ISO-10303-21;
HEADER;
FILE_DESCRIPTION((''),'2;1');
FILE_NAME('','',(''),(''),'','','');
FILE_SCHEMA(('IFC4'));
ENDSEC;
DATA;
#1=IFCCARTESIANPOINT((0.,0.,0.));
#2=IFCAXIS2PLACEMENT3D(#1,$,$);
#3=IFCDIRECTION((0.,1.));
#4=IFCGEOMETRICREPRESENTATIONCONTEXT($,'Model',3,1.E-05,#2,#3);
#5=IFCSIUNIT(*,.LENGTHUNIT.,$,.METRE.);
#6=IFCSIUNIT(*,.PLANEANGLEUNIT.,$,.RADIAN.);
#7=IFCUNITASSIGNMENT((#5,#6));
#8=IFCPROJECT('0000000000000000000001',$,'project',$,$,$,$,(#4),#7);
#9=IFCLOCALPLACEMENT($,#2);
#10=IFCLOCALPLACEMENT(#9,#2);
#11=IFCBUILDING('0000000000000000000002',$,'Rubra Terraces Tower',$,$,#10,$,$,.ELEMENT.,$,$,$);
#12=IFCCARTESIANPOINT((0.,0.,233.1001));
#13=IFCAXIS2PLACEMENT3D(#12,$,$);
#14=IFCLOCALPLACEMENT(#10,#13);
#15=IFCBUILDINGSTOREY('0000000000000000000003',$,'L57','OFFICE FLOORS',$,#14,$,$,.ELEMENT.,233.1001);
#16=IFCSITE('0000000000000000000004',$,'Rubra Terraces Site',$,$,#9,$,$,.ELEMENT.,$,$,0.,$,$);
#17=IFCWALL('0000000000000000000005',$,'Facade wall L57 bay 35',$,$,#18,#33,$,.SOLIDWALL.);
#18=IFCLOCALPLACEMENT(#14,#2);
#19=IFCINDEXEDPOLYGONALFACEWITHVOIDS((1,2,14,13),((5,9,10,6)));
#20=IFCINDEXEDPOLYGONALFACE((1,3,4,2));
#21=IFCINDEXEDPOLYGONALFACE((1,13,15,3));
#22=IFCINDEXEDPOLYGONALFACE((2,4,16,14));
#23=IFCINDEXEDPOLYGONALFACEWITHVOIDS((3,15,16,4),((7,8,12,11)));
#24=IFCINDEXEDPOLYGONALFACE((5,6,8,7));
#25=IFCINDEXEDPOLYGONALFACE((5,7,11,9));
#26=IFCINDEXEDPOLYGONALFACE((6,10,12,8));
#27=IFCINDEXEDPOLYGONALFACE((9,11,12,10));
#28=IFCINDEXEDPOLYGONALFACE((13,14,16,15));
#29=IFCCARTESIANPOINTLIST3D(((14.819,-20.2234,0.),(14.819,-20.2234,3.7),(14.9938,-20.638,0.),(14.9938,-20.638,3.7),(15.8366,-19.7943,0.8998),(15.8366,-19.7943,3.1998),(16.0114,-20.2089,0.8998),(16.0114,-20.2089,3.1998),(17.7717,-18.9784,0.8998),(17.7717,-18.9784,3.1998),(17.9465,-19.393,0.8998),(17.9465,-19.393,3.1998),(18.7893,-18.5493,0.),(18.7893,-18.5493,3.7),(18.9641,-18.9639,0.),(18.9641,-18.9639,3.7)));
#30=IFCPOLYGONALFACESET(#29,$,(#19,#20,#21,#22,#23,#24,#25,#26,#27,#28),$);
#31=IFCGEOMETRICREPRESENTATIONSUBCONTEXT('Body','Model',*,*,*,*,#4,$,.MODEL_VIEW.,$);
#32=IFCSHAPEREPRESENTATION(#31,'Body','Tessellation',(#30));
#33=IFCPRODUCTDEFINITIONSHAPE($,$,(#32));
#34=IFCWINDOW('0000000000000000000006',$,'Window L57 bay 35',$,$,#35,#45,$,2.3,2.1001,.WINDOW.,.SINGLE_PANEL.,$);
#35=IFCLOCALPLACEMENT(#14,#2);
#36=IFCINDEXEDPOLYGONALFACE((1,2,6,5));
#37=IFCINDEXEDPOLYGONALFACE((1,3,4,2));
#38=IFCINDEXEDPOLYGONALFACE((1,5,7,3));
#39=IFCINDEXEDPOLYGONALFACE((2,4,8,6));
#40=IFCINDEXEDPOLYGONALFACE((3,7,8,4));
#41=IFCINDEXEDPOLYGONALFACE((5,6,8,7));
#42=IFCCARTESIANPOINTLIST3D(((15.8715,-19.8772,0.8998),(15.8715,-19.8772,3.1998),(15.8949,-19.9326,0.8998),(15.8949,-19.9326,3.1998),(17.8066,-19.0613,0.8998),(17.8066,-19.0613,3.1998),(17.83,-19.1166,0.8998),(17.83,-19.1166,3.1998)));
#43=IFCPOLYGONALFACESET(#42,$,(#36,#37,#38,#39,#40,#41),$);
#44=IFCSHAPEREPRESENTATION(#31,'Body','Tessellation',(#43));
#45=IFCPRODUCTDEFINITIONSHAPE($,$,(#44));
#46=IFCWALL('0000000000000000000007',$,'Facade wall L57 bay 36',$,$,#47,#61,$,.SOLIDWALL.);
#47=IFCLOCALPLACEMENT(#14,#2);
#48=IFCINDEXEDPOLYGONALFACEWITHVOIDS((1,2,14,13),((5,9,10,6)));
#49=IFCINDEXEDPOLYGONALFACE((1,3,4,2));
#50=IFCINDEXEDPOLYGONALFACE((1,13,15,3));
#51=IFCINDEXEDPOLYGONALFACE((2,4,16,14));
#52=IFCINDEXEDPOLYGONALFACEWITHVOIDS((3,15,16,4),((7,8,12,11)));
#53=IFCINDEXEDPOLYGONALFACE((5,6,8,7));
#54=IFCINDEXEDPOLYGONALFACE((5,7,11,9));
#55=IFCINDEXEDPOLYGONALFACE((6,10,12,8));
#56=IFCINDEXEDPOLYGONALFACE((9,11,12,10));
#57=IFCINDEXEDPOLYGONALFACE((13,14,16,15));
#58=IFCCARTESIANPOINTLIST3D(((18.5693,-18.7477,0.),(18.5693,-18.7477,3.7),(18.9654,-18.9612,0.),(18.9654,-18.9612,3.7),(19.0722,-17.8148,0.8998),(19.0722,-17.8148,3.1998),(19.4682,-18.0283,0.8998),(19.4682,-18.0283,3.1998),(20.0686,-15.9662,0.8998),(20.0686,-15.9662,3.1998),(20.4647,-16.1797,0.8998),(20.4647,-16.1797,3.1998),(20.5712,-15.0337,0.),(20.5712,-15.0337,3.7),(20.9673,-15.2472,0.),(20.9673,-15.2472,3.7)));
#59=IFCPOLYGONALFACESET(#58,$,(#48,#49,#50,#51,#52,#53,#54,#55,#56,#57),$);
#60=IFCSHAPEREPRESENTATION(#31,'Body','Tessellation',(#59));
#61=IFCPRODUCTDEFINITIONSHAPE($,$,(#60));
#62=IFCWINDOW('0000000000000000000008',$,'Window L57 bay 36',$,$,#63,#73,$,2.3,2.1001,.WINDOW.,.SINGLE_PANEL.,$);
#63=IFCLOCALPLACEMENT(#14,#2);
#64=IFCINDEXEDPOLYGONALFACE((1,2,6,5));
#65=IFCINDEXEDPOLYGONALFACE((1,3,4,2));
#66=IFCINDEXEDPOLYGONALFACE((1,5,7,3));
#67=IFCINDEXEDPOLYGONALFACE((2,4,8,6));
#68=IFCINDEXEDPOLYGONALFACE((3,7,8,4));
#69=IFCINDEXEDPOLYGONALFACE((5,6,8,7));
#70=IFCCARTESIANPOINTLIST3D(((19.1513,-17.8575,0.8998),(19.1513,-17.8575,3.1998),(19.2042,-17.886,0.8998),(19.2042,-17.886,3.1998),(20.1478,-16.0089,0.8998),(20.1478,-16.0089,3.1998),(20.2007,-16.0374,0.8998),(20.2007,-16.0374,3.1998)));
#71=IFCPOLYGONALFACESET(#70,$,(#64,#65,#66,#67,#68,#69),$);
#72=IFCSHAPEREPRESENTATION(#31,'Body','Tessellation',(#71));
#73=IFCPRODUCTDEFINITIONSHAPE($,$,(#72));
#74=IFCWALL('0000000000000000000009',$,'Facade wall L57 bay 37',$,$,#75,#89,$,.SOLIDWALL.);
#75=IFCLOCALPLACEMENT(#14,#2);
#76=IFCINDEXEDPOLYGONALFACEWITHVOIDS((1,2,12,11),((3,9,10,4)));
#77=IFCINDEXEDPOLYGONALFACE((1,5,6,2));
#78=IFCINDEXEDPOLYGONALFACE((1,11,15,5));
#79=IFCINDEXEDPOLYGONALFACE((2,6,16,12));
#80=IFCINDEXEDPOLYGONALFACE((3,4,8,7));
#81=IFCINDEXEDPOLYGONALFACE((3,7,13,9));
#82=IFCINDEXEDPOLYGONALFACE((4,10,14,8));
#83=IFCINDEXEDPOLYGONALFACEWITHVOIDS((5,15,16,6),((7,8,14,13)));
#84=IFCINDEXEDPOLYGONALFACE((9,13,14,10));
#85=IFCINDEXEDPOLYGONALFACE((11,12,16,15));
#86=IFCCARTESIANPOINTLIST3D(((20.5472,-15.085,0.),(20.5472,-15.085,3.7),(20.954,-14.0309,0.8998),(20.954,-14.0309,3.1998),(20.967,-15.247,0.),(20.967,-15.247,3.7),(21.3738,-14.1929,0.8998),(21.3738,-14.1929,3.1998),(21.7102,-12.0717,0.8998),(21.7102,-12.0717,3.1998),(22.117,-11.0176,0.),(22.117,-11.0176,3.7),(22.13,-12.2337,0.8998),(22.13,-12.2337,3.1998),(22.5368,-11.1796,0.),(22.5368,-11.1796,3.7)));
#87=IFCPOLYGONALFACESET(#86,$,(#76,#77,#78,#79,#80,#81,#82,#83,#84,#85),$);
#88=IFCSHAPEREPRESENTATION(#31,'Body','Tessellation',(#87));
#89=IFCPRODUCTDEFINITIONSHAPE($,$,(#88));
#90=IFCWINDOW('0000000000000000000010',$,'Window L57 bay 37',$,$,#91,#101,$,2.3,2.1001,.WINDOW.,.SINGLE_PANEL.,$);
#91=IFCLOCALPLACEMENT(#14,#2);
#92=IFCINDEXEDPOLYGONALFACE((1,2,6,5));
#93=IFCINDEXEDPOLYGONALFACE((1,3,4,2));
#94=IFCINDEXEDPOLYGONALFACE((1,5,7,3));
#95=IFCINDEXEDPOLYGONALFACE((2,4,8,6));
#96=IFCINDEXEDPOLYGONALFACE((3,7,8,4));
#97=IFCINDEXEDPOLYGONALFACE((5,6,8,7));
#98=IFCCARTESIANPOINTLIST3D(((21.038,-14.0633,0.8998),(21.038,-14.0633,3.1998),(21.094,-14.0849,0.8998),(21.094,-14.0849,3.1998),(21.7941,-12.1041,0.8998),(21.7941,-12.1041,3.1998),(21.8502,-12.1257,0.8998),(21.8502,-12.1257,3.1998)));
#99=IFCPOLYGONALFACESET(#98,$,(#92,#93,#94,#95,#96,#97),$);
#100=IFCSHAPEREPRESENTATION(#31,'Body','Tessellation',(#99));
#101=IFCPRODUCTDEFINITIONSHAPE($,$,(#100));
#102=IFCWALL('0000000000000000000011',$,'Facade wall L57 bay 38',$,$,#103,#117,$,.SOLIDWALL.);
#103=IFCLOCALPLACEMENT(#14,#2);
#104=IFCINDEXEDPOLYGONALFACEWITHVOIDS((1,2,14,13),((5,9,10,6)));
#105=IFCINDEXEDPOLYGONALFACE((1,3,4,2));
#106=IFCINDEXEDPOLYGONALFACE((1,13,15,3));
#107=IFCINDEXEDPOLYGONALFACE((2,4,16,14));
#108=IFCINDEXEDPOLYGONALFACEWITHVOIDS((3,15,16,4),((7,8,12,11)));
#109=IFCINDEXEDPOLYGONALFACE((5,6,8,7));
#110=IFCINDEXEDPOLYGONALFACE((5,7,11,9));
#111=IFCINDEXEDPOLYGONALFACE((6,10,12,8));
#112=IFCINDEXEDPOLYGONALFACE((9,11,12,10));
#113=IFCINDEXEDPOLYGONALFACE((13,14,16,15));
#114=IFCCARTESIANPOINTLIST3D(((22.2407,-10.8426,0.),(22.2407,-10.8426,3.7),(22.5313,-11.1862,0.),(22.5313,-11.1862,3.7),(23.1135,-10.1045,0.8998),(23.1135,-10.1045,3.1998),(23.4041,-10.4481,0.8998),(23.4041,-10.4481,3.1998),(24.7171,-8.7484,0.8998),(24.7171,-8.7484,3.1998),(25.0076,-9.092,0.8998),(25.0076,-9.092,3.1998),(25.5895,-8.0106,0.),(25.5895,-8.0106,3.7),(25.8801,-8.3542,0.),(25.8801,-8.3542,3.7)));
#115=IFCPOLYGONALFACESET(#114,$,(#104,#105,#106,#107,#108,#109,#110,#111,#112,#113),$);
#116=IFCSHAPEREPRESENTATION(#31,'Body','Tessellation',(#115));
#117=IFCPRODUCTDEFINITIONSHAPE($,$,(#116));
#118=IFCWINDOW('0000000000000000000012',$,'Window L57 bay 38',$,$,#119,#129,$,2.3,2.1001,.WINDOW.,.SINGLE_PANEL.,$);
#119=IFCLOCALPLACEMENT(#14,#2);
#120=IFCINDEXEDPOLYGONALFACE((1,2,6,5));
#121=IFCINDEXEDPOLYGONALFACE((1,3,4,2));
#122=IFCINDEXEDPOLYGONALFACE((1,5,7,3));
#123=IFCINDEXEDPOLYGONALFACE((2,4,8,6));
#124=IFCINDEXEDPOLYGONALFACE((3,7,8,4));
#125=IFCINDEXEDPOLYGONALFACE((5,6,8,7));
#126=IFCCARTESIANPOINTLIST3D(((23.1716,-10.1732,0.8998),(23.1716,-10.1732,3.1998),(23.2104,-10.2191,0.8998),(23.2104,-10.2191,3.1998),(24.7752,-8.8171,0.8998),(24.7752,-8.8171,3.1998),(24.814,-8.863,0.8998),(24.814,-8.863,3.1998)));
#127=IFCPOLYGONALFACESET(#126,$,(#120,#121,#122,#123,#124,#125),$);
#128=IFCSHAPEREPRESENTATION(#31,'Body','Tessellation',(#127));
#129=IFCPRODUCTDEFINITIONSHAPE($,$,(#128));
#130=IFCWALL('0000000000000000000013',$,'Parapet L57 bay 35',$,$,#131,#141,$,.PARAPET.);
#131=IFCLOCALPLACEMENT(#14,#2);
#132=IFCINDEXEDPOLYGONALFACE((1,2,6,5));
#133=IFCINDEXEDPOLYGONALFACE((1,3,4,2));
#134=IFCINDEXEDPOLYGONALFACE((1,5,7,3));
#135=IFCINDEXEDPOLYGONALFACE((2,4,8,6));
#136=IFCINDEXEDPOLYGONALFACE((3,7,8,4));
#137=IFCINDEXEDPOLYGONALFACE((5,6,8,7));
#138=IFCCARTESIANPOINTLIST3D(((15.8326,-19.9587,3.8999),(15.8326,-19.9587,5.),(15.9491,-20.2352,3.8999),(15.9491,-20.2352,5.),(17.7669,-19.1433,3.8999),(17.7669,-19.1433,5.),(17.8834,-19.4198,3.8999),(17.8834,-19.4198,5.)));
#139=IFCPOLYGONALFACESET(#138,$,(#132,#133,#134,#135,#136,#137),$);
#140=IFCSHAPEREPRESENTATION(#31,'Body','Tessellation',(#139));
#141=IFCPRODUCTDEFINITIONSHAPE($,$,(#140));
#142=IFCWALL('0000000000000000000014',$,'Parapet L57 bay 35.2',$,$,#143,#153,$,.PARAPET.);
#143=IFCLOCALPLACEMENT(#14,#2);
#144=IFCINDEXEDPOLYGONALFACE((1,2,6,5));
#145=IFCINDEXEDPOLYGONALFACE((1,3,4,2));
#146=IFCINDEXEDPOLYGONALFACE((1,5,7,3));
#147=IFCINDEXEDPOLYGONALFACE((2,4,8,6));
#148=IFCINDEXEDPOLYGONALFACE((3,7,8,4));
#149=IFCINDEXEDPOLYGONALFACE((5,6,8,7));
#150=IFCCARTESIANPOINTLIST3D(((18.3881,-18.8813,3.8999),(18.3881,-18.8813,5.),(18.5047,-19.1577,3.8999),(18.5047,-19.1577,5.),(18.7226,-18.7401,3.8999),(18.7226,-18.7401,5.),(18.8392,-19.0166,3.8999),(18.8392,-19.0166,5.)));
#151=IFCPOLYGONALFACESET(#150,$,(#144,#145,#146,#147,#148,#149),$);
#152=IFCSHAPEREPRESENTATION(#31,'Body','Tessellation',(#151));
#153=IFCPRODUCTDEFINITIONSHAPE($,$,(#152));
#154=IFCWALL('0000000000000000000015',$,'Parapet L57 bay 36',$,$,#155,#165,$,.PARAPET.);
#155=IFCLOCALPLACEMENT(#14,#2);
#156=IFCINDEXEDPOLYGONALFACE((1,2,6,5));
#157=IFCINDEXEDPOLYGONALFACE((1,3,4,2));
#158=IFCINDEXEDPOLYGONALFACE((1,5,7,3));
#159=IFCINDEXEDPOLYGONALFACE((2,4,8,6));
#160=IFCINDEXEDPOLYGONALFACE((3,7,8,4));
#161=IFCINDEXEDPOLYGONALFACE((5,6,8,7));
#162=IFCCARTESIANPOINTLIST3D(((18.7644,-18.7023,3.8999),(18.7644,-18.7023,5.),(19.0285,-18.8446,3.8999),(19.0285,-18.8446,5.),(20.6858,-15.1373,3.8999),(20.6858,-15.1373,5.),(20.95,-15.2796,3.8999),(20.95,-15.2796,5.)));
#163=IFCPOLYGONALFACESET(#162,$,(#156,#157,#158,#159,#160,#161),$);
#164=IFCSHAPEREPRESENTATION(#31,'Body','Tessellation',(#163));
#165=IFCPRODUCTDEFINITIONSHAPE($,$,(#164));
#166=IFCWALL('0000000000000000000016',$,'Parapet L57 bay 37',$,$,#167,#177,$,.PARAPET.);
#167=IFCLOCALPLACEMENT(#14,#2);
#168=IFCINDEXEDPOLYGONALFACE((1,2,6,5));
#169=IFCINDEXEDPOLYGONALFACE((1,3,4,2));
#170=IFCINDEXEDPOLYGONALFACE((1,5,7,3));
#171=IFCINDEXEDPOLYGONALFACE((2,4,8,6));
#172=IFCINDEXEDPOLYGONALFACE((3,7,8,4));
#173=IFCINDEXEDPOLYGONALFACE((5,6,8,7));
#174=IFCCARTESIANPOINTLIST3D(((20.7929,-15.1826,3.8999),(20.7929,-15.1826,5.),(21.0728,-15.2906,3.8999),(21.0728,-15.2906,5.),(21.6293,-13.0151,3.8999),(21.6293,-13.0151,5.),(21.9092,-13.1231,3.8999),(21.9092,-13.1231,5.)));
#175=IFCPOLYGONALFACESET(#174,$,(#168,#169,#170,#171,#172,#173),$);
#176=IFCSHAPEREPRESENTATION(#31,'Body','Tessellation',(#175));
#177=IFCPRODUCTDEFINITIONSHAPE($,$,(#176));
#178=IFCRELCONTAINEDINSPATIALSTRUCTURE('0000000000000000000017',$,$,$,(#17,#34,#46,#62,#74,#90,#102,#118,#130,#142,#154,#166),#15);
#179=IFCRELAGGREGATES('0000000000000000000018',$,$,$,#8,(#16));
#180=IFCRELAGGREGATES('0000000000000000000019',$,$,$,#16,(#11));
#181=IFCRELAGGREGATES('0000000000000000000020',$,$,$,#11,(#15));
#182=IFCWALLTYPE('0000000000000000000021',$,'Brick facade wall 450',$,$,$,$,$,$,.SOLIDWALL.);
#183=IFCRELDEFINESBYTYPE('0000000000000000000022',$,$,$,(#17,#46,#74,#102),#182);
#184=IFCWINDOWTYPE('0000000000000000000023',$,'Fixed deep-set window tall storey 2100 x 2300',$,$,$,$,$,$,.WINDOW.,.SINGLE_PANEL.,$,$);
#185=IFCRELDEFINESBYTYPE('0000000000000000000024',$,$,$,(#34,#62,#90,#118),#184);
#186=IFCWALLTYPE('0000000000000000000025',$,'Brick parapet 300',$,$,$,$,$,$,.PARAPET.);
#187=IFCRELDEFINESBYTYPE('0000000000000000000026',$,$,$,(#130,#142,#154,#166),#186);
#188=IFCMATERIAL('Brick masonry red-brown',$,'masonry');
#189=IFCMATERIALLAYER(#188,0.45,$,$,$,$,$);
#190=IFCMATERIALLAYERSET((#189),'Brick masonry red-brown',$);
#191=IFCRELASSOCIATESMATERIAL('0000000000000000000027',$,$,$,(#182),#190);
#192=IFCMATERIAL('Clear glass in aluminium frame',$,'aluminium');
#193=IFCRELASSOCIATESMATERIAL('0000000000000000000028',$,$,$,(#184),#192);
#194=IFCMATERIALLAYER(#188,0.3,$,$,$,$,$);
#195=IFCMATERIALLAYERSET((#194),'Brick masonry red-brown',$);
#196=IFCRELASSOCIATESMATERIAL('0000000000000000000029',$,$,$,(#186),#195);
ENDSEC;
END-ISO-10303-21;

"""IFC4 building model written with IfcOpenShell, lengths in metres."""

from ifc_helpers import new_model, si_unit, direction, frame, frame_2d, origin, place, context, subcontext, project, spatial, rectangle, extrude, material, layer, layer_set, type_object, element, fill, save


model = new_model("IFC4")

# Units and contexts
model_context = context("Model", 3, precision=1e-05, world=origin(), true_north=direction((0.0, 1.0)))
body_context = subcontext(model_context, "Body", "Model", "MODEL_VIEW")
ifc_project = project(units=[si_unit("LENGTHUNIT", "METRE"), si_unit("PLANEANGLEUNIT", "RADIAN")], contexts=[model_context])

# Site, building, storey
site_placement = place(None, origin())
site = spatial("IfcSite", under=ifc_project, at=site_placement, Name="Rubra Terraces Site", CompositionType="ELEMENT", RefElevation=0.0)
building_placement = place(site_placement, origin())
building = spatial("IfcBuilding", under=site, at=building_placement, Name="Rubra Terraces Tower", CompositionType="ELEMENT")
storey_placement = place(building_placement, frame((0.0, 0.0, 233.1001)))
storey = spatial("IfcBuildingStorey", under=building, at=storey_placement, Name="L57", Description="OFFICE FLOORS", CompositionType="ELEMENT", Elevation=233.1001)

# Walls, openings, windows
ifc_material_1 = material(Name="Brick masonry red-brown", Category="masonry")
ifc_layer_1 = layer(ifc_material_1, 0.45)
ifc_layer_set_1 = layer_set([ifc_layer_1], Name="Brick masonry red-brown")
wall_type_1 = type_object("IfcWallType", Name="Brick facade wall 450", PredefinedType="SOLIDWALL", material=ifc_layer_set_1)
wall_1_placement = place(storey_placement, frame((14.9065, -20.4307, 0.0), z_axis=(0.0, 0.0, 1.0), x_axis=(0.921436, 0.388531, 0.0)))
wall_1 = element("IfcWall", 1, at=wall_1_placement, inside=storey, type_object=wall_type_1, Name="Facade wall L57 bay 35", PredefinedType="SOLIDWALL", context=body_context, shape_type="SweptSolid", body=[
    extrude(rectangle(XDim=4.3088, YDim=0.45, at=frame_2d((2.1543, 0.0))), origin(), (0.0, 0.0, 1.0), 3.7),
])
opening_1_placement = place(wall_1_placement, frame((1.1042, 0.0, 0.8999)))
opening_1 = element("IfcOpeningElement", 2, at=opening_1_placement, cuts=wall_1, PredefinedType="OPENING", context=body_context, shape_type="SweptSolid", body=[
    extrude(rectangle(XDim=2.1001, YDim=2.3, at=frame_2d((1.05, 1.1499))), frame((0.0, 0.2349, 0.0), z_axis=(0.0, -1.0, 0.0), x_axis=(1.0, 0.0, 0.0)), (0.0, 0.0, 1.0), 0.47),
])
ifc_material_2 = material(Name="Clear glass in aluminium frame", Category="aluminium")
window_type = type_object("IfcWindowType", Name="Fixed deep-set window tall storey 2100 x 2300", PartitioningType="SINGLE_PANEL", PredefinedType="WINDOW", material=ifc_material_2)
window_1_placement = place(opening_1_placement, origin())
window_1 = element("IfcWindow", 3, at=window_1_placement, inside=storey, type_object=window_type, Name="Window L57 bay 35", OverallHeight=2.3, OverallWidth=2.1001, PartitioningType="SINGLE_PANEL", PredefinedType="WINDOW", context=body_context, shape_type="SweptSolid", body=[
    extrude(rectangle(XDim=2.1001, YDim=2.3, at=frame_2d((1.05, 1.1499))), frame((0.0, 0.135, 0.0), z_axis=(0.0, -1.0, 0.0), x_axis=(1.0, 0.0, 0.0)), (0.0, 0.0, 1.0), 0.0601),
])
fill(opening_1, window_1)
wall_2_placement = place(storey_placement, frame((18.7673, -18.8545, 0.0), z_axis=(0.0, 0.0, 1.0), x_axis=(0.474476, 0.880268, 0.0)))
wall_2 = element("IfcWall", 4, at=wall_2_placement, inside=storey, type_object=wall_type_1, Name="Facade wall L57 bay 36", PredefinedType="SOLIDWALL", context=body_context, shape_type="SweptSolid", body=[
    extrude(rectangle(XDim=4.2192, YDim=0.45, at=frame_2d((2.1096, 0.0))), origin(), (0.0, 0.0, 1.0), 3.7),
])
opening_2_placement = place(wall_2_placement, frame((1.0598, 0.0, 0.8999)))
opening_2 = element("IfcOpeningElement", 5, at=opening_2_placement, cuts=wall_2, PredefinedType="OPENING", context=body_context, shape_type="SweptSolid", body=[
    extrude(rectangle(XDim=2.1001, YDim=2.3, at=frame_2d((1.05, 1.1499))), frame((0.0, 0.2349, 0.0), z_axis=(0.0, -1.0, 0.0), x_axis=(1.0, 0.0, 0.0)), (0.0, 0.0, 1.0), 0.47),
])
window_2_placement = place(opening_2_placement, origin())
window_2 = element("IfcWindow", 6, at=window_2_placement, inside=storey, type_object=window_type, Name="Window L57 bay 36", OverallHeight=2.3, OverallWidth=2.1001, PartitioningType="SINGLE_PANEL", PredefinedType="WINDOW", context=body_context, shape_type="SweptSolid", body=[
    extrude(rectangle(XDim=2.1001, YDim=2.3, at=frame_2d((1.05, 1.1499))), frame((0.0, 0.135, 0.0), z_axis=(0.0, -1.0, 0.0), x_axis=(1.0, 0.0, 0.0)), (0.0, 0.0, 1.0), 0.0601),
])
fill(opening_2, window_2)
wall_3_placement = place(storey_placement, frame((20.7571, -15.166, 0.0), z_axis=(0.0, 0.0, 1.0), x_axis=(0.360067, 0.932926, 0.0)))
wall_3 = element("IfcWall", 7, at=wall_3_placement, inside=storey, type_object=wall_type_1, Name="Facade wall L57 bay 37", PredefinedType="SOLIDWALL", context=body_context, shape_type="SweptSolid", body=[
    extrude(rectangle(XDim=4.3599, YDim=0.45, at=frame_2d((2.1799, 0.0))), origin(), (0.0, 0.0, 1.0), 3.7),
])
opening_3_placement = place(wall_3_placement, frame((1.1299, 0.0, 0.8999)))
opening_3 = element("IfcOpeningElement", 8, at=opening_3_placement, cuts=wall_3, PredefinedType="OPENING", context=body_context, shape_type="SweptSolid", body=[
    extrude(rectangle(XDim=2.1001, YDim=2.3, at=frame_2d((1.05, 1.1499))), frame((0.0, 0.2349, 0.0), z_axis=(0.0, -1.0, 0.0), x_axis=(1.0, 0.0, 0.0)), (0.0, 0.0, 1.0), 0.47),
])
window_3_placement = place(opening_3_placement, origin())
window_3 = element("IfcWindow", 9, at=window_3_placement, inside=storey, type_object=window_type, Name="Window L57 bay 37", OverallHeight=2.3, OverallWidth=2.1001, PartitioningType="SINGLE_PANEL", PredefinedType="WINDOW", context=body_context, shape_type="SweptSolid", body=[
    extrude(rectangle(XDim=2.1001, YDim=2.3, at=frame_2d((1.05, 1.1499))), frame((0.0, 0.135, 0.0), z_axis=(0.0, -1.0, 0.0), x_axis=(1.0, 0.0, 0.0)), (0.0, 0.0, 1.0), 0.0601),
])
fill(opening_3, window_3)
wall_4_placement = place(storey_placement, frame((22.386, -11.0144, 0.0), z_axis=(0.0, 0.0, 1.0), x_axis=(0.76357, 0.645725, 0.0)))
wall_4 = element("IfcWall", 10, at=wall_4_placement, inside=storey, type_object=wall_type_1, Name="Facade wall L57 bay 38", PredefinedType="SOLIDWALL", context=body_context, shape_type="SweptSolid", body=[
    extrude(rectangle(XDim=4.3857, YDim=0.45, at=frame_2d((2.1929, 0.0))), origin(), (0.0, 0.0, 1.0), 3.7),
])
opening_4_placement = place(wall_4_placement, frame((1.1431, 0.0, 0.8999)))
opening_4 = element("IfcOpeningElement", 11, at=opening_4_placement, cuts=wall_4, PredefinedType="OPENING", context=body_context, shape_type="SweptSolid", body=[
    extrude(rectangle(XDim=2.1001, YDim=2.3, at=frame_2d((1.05, 1.1499))), frame((0.0, 0.2349, 0.0), z_axis=(0.0, -1.0, 0.0), x_axis=(1.0, 0.0, 0.0)), (0.0, 0.0, 1.0), 0.47),
])
window_4_placement = place(opening_4_placement, origin())
window_4 = element("IfcWindow", 12, at=window_4_placement, inside=storey, type_object=window_type, Name="Window L57 bay 38", OverallHeight=2.3, OverallWidth=2.1001, PartitioningType="SINGLE_PANEL", PredefinedType="WINDOW", context=body_context, shape_type="SweptSolid", body=[
    extrude(rectangle(XDim=2.1001, YDim=2.3, at=frame_2d((1.05, 1.1499))), frame((0.0, 0.135, 0.0), z_axis=(0.0, -1.0, 0.0), x_axis=(1.0, 0.0, 0.0)), (0.0, 0.0, 1.0), 0.0601),
])
fill(opening_4, window_4)

# Walls
ifc_layer_2 = layer(ifc_material_1, 0.3)
ifc_layer_set_2 = layer_set([ifc_layer_2], Name="Brick masonry red-brown")
wall_type_2 = type_object("IfcWallType", Name="Brick parapet 300", PredefinedType="PARAPET", material=ifc_layer_set_2)
wall_5_placement = place(storey_placement, frame((15.8909, -20.0969, 3.8999), z_axis=(0.0, 0.0, 1.0), x_axis=(0.921469, 0.388452, 0.0)))
element("IfcWall", 13, at=wall_5_placement, inside=storey, type_object=wall_type_2, Name="Parapet L57 bay 35", PredefinedType="PARAPET", context=body_context, shape_type="SweptSolid", body=[
    extrude(rectangle(XDim=2.0991, YDim=0.3, at=frame_2d((1.0496, 0.0))), origin(), (0.0, 0.0, 1.0), 1.1001),
])
wall_6_placement = place(storey_placement, frame((18.4463, -19.0195, 3.8999), z_axis=(0.0, 0.0, 1.0), x_axis=(0.921357, 0.388718, 0.0)))
element("IfcWall", 14, at=wall_6_placement, inside=storey, type_object=wall_type_2, Name="Parapet L57 bay 35.2", PredefinedType="PARAPET", context=body_context, shape_type="SweptSolid", body=[
    extrude(rectangle(XDim=0.363, YDim=0.3, at=frame_2d((0.1816, 0.0))), origin(), (0.0, 0.0, 1.0), 1.1001),
])
wall_7_placement = place(storey_placement, frame((18.8965, -18.7734, 3.8999), z_axis=(0.0, 0.0, 1.0), x_axis=(0.474445, 0.880285, 0.0)))
element("IfcWall", 15, at=wall_7_placement, inside=storey, type_object=wall_type_2, Name="Parapet L57 bay 36", PredefinedType="PARAPET", context=body_context, shape_type="SweptSolid", body=[
    extrude(rectangle(XDim=4.0498, YDim=0.3, at=frame_2d((2.0249, 0.0))), origin(), (0.0, 0.0, 1.0), 1.1001),
])
wall_8_placement = place(storey_placement, frame((20.9329, -15.2366, 3.8999), z_axis=(0.0, 0.0, 1.0), x_axis=(0.360021, 0.932944, 0.0)))
element("IfcWall", 16, at=wall_8_placement, inside=storey, type_object=wall_type_2, Name="Parapet L57 bay 37", PredefinedType="PARAPET", context=body_context, shape_type="SweptSolid", body=[
    extrude(rectangle(XDim=2.3232, YDim=0.3, at=frame_2d((1.1616, 0.0))), origin(), (0.0, 0.0, 1.0), 1.1001),
])

save(model, "model.ifc")
